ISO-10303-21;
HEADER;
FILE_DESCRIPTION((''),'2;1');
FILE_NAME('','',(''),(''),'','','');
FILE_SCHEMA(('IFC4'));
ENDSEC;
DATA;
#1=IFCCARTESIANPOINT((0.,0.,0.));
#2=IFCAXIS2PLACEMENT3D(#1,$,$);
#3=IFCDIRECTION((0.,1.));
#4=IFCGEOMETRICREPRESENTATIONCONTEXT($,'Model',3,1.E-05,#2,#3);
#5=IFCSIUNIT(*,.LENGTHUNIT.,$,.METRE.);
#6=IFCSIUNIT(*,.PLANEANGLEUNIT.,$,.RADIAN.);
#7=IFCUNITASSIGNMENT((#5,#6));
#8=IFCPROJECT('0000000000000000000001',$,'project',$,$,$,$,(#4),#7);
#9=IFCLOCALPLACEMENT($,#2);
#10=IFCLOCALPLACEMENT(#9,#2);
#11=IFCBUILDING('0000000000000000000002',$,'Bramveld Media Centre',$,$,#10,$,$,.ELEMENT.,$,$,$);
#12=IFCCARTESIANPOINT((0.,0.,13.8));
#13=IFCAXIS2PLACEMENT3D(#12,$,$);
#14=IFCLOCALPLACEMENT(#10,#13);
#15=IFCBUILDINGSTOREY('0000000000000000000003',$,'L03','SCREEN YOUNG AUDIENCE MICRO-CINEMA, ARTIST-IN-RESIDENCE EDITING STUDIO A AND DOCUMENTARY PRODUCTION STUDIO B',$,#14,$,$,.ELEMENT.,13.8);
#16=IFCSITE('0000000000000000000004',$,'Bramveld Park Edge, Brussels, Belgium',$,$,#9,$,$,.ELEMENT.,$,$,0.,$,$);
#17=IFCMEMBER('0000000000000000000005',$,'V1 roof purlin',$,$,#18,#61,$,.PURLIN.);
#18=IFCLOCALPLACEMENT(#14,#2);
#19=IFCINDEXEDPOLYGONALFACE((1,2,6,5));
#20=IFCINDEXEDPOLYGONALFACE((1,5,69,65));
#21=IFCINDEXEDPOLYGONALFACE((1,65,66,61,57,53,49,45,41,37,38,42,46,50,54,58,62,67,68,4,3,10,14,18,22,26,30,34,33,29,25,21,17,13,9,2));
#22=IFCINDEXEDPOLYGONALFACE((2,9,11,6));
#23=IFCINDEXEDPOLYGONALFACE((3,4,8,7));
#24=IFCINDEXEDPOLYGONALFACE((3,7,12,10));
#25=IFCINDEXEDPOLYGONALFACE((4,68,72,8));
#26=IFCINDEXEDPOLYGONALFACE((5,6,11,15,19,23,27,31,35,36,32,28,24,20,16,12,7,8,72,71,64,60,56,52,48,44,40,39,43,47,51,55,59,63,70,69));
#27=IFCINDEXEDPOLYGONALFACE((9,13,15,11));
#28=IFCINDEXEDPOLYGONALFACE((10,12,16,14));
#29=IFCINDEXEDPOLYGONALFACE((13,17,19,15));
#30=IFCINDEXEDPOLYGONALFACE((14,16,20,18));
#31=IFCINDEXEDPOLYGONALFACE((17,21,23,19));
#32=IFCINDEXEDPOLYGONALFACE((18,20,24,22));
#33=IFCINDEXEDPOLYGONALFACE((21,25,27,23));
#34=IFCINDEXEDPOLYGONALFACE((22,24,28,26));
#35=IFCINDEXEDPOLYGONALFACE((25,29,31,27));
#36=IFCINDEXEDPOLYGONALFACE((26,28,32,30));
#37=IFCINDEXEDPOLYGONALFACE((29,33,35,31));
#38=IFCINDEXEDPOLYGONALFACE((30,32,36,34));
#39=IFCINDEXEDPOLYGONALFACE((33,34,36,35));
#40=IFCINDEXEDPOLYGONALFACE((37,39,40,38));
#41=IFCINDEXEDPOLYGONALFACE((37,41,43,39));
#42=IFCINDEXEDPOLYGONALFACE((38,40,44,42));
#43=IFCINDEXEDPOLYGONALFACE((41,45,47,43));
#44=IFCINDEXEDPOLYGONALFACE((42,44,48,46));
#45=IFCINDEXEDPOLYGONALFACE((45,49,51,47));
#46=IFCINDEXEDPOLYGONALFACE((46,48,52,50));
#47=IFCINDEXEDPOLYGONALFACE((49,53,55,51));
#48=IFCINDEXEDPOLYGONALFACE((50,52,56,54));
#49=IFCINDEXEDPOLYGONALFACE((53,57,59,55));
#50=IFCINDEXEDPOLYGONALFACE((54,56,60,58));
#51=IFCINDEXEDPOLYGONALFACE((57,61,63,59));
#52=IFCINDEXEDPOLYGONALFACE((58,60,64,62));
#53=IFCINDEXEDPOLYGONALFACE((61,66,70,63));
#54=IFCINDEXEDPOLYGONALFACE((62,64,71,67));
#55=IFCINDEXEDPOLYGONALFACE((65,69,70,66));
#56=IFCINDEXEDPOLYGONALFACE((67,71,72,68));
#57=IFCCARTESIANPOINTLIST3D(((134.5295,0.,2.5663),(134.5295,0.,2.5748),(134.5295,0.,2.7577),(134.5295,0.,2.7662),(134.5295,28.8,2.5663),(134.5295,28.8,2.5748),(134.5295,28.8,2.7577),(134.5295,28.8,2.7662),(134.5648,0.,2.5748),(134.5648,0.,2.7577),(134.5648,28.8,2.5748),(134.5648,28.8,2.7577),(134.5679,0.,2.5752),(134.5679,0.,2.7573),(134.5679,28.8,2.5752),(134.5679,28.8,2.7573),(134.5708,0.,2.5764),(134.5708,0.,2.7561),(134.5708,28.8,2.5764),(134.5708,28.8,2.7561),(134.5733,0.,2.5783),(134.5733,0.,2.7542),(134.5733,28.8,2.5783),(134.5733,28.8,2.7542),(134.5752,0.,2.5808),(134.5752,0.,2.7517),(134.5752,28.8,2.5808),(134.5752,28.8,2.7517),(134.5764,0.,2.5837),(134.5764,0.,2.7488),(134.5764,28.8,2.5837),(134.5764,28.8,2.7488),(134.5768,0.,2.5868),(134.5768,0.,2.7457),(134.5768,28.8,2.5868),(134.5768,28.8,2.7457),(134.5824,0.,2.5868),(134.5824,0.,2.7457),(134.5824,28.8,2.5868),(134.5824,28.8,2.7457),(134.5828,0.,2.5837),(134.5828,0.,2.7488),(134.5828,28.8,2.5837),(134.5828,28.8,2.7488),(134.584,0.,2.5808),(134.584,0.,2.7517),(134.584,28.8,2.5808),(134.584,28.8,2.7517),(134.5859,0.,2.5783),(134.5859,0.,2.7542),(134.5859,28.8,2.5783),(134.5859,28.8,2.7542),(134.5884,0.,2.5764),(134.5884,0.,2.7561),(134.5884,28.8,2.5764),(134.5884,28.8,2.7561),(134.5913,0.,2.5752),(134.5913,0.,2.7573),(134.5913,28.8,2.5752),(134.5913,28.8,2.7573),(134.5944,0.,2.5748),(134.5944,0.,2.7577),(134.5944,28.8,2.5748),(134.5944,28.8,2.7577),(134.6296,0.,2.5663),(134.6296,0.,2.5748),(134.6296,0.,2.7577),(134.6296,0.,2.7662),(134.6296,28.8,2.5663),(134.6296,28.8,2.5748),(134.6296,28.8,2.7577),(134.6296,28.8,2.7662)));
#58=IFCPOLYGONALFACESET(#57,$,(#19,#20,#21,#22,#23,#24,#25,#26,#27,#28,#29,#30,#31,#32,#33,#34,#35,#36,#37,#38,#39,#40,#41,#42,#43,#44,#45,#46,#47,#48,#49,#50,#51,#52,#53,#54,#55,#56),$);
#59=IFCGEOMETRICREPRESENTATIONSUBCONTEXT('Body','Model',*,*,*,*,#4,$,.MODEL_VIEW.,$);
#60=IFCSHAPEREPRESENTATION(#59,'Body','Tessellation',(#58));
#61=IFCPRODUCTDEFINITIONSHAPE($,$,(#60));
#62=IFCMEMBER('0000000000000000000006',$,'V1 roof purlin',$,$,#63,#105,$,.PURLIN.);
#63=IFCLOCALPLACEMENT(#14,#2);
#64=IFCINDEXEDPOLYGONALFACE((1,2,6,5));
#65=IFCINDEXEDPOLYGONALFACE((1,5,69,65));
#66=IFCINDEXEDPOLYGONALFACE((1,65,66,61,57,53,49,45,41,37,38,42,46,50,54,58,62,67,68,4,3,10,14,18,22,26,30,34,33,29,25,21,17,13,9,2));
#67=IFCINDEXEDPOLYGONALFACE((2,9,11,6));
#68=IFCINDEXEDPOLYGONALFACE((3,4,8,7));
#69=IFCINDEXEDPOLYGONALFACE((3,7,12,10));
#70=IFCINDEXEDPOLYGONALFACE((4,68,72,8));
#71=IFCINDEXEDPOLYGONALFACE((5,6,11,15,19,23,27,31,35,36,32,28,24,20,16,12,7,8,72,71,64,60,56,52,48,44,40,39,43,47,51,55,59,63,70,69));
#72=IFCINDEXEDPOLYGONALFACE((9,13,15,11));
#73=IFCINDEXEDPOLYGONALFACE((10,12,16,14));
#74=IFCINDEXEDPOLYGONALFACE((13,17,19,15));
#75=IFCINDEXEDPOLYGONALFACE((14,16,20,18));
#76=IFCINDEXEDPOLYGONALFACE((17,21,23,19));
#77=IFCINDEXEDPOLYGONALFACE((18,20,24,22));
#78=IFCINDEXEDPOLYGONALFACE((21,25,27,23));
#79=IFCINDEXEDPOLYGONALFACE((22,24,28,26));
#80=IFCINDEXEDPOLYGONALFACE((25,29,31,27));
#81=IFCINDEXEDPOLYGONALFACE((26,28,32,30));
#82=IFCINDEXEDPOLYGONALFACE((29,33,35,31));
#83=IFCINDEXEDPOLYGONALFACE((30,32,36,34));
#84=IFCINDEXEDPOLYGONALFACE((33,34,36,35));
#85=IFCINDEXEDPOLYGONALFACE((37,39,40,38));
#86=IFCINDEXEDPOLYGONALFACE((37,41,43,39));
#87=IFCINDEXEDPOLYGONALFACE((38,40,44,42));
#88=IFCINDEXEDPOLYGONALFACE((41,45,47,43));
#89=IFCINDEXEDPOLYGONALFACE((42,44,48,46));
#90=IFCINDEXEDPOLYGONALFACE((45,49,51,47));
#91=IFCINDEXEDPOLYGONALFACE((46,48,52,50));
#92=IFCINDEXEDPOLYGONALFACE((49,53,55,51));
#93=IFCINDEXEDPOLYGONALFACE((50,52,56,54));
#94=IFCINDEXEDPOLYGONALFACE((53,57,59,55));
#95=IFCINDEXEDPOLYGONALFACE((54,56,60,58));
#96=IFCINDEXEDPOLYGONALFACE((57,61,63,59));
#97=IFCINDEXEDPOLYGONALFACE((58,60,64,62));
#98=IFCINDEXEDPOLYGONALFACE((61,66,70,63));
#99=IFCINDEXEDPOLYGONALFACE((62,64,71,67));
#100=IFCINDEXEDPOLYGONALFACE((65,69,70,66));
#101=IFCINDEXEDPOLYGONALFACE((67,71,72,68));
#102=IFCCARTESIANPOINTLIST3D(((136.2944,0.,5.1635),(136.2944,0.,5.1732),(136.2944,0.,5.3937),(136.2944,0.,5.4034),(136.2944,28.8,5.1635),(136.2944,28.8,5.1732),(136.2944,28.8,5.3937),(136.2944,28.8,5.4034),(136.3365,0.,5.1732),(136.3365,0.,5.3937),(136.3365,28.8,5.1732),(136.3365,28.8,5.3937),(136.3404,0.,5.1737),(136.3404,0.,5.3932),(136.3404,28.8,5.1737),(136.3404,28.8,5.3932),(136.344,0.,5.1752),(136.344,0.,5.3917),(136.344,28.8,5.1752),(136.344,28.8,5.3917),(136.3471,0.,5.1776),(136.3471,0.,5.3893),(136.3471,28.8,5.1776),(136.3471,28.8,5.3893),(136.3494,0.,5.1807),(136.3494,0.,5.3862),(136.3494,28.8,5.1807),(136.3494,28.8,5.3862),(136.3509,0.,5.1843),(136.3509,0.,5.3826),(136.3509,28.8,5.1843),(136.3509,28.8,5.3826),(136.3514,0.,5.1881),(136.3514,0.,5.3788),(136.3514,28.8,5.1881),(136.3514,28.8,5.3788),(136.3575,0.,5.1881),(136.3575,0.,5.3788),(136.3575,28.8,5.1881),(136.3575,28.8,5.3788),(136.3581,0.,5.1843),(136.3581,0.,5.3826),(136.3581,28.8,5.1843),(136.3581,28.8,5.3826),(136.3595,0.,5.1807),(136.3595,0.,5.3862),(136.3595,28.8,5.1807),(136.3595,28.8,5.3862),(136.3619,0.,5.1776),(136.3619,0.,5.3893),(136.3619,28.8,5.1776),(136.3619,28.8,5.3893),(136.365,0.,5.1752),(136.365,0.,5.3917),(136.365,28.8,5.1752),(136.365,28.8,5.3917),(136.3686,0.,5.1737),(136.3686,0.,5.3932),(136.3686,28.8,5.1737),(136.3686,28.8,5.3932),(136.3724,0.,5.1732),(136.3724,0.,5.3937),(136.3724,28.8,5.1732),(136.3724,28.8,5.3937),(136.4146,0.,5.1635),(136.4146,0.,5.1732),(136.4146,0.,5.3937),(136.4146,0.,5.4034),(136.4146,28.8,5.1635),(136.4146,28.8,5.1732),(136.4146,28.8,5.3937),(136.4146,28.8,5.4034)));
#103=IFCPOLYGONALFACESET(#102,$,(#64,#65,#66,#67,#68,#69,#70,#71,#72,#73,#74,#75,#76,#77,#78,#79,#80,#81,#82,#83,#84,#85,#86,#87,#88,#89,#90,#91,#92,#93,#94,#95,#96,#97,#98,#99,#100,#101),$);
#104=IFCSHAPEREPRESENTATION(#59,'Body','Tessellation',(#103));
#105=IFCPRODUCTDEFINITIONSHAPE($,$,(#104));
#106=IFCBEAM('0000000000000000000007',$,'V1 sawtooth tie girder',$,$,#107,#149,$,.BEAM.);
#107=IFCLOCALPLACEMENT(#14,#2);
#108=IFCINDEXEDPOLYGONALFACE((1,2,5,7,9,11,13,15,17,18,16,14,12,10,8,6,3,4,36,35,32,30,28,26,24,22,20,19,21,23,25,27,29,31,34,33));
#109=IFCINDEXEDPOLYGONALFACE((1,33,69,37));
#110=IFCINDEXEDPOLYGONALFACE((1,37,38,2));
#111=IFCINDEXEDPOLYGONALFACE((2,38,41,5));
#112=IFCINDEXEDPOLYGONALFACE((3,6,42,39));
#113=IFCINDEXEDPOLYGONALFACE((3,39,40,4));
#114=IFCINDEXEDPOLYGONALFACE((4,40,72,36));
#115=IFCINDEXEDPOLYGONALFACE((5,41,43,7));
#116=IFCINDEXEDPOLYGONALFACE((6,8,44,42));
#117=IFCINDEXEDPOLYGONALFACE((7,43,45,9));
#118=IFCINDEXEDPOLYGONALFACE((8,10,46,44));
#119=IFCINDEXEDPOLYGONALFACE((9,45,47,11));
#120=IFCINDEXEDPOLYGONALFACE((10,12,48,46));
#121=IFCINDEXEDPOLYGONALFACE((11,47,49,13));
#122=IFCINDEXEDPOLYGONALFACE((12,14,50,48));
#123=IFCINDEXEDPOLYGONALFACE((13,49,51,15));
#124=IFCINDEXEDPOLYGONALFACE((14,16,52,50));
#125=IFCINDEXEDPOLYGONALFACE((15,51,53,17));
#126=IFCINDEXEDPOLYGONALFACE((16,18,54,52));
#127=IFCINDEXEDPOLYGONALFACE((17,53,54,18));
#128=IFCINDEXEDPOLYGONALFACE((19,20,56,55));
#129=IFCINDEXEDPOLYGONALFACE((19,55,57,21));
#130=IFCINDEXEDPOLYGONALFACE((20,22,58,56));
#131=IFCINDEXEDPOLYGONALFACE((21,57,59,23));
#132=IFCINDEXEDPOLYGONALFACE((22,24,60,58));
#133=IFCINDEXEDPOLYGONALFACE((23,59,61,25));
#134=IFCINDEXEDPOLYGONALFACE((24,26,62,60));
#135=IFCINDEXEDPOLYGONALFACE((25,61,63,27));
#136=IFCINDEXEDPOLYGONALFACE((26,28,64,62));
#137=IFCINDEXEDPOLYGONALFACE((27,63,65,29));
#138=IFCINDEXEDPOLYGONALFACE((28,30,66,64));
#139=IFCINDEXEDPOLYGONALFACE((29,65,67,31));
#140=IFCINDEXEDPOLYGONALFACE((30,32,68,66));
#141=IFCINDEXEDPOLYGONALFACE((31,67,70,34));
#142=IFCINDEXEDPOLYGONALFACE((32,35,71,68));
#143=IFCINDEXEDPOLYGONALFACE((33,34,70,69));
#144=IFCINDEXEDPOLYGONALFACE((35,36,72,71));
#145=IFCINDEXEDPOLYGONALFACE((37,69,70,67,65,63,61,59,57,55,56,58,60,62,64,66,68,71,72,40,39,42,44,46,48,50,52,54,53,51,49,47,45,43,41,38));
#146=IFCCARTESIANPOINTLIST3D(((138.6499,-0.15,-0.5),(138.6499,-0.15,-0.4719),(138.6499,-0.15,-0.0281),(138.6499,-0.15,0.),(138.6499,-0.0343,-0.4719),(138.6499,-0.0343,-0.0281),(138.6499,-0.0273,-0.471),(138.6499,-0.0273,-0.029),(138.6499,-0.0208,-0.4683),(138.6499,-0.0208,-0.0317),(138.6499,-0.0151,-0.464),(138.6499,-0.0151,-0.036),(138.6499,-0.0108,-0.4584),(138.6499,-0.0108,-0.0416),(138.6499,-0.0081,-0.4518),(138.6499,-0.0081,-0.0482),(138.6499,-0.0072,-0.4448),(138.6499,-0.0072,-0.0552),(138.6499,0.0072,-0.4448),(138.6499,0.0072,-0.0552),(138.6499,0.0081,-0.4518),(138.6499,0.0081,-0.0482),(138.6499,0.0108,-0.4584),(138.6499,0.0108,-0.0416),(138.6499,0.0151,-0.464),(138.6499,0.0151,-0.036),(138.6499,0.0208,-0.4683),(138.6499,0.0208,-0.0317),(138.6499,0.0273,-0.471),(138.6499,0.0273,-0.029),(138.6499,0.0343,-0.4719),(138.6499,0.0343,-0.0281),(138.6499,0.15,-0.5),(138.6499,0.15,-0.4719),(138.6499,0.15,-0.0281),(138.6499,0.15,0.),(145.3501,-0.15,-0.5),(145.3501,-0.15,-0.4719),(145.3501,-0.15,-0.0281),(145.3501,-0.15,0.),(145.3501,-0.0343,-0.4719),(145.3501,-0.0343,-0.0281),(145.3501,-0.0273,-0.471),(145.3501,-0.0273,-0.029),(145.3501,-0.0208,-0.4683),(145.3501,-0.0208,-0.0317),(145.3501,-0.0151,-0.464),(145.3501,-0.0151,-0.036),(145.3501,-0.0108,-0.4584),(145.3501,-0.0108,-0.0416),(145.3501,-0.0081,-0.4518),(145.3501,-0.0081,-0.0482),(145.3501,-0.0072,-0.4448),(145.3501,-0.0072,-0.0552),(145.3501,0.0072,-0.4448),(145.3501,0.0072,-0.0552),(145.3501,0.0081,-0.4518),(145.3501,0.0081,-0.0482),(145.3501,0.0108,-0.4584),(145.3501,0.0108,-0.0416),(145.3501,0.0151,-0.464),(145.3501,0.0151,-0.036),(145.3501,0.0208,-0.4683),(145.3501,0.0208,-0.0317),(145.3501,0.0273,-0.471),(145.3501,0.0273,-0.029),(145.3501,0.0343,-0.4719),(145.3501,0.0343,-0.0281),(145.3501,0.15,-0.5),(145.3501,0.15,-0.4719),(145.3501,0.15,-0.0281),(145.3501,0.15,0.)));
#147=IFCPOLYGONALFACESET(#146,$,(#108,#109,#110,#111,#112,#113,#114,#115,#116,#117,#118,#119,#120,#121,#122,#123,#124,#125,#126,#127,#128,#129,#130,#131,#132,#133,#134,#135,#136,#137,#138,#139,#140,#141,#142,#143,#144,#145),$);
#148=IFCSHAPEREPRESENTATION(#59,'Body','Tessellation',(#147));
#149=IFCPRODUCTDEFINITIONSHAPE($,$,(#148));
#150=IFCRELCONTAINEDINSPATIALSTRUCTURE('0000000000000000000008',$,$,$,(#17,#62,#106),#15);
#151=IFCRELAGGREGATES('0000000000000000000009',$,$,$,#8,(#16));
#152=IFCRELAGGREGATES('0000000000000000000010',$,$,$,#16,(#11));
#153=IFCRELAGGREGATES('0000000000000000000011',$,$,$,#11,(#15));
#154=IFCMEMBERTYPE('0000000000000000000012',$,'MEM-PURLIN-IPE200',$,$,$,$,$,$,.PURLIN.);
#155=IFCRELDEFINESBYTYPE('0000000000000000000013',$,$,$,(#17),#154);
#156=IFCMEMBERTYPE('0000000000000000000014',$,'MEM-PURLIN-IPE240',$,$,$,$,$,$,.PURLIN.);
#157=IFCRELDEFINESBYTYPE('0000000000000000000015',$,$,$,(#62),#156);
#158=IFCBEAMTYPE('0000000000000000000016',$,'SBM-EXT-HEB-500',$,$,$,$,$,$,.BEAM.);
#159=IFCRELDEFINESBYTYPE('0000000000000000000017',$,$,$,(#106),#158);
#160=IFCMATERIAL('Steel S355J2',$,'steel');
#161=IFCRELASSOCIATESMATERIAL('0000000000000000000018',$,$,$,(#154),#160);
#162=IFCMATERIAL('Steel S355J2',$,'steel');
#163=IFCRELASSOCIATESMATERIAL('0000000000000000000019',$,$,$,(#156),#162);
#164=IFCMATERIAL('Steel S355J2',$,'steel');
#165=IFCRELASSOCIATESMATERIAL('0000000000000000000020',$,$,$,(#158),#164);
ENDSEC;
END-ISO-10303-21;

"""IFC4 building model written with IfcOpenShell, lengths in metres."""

from ifc_helpers import new_model, si_unit, direction, frame, origin, origin_2d, place, context, subcontext, project, spatial, i_section, extrude, material, material_profile, profile_set, type_object, element, save


model = new_model("IFC4")

# Units and contexts
model_context = context("Model", 3, precision=1e-05, world=origin(), true_north=direction((0.0, 1.0)))
body_context = subcontext(model_context, "Body", "Model", "MODEL_VIEW")
ifc_project = project(units=[si_unit("LENGTHUNIT", "METRE"), si_unit("PLANEANGLEUNIT", "RADIAN")], contexts=[model_context])

# Site, building, storey
site_placement = place(None, origin())
site = spatial("IfcSite", under=ifc_project, at=site_placement, Name="Bramveld Park Edge, Brussels, Belgium", CompositionType="ELEMENT", RefElevation=0.0)
building_placement = place(site_placement, origin())
building = spatial("IfcBuilding", under=site, at=building_placement, Name="Bramveld Media Centre", CompositionType="ELEMENT")
storey_placement = place(building_placement, frame((0.0, 0.0, 13.8)))
storey = spatial("IfcBuildingStorey", under=building, at=storey_placement, Name="L03", Description="SCREEN YOUNG AUDIENCE MICRO-CINEMA, ARTIST-IN-RESIDENCE EDITING STUDIO A AND DOCUMENTARY PRODUCTION STUDIO B", CompositionType="ELEMENT", Elevation=13.8)

# Members
ifc_material_1 = material(Name="Steel S355J2", Category="steel")
ifc_material_profile_1 = material_profile(ifc_material_1, i_section(OverallWidth=0.1001, OverallDepth=0.2, WebThickness=0.0056, FlangeThickness=0.0085, FilletRadius=0.012, at=origin_2d()), Name="IPE 200")
ifc_profile_set_1 = profile_set([ifc_material_profile_1], Name="Steel S355J2")
member_type_1 = type_object("IfcMemberType", Name="MEM-PURLIN-IPE200", PredefinedType="PURLIN", material=ifc_profile_set_1)
member_1_placement = place(storey_placement, frame((134.5796, 0.0, 2.6663), z_axis=(0.0, 1.0, 0.0), x_axis=(-1.0, 0.0, 0.0)))
element("IfcMember", 1, at=member_1_placement, inside=storey, type_object=member_type_1, Name="V1 roof purlin", PredefinedType="PURLIN", context=body_context, shape_type="SweptSolid", body=[
    extrude(i_section(OverallWidth=0.1001, OverallDepth=0.2, WebThickness=0.0056, FlangeThickness=0.0085, FilletRadius=0.012, at=origin_2d()), origin(), (0.0, 0.0, 1.0), 28.8),
])
ifc_material_2 = material(Name="Steel S355J2", Category="steel")
ifc_material_profile_2 = material_profile(ifc_material_2, i_section(OverallWidth=0.1201, OverallDepth=0.24, WebThickness=0.0061, FlangeThickness=0.0098, FilletRadius=0.0149, at=origin_2d()), Name="IPE 240")
ifc_profile_set_2 = profile_set([ifc_material_profile_2], Name="Steel S355J2")
member_type_2 = type_object("IfcMemberType", Name="MEM-PURLIN-IPE240", PredefinedType="PURLIN", material=ifc_profile_set_2)
member_2_placement = place(storey_placement, frame((136.3545, 0.0, 5.2834), z_axis=(0.0, 1.0, 0.0), x_axis=(-1.0, 0.0, 0.0)))
element("IfcMember", 2, at=member_2_placement, inside=storey, type_object=member_type_2, Name="V1 roof purlin", PredefinedType="PURLIN", context=body_context, shape_type="SweptSolid", body=[
    extrude(i_section(OverallWidth=0.1201, OverallDepth=0.24, WebThickness=0.0061, FlangeThickness=0.0098, FilletRadius=0.0149, at=origin_2d()), origin(), (0.0, 0.0, 1.0), 28.8),
])

# Beam
ifc_material_3 = material(Name="Steel S355J2", Category="steel")
ifc_material_profile_3 = material_profile(ifc_material_3, i_section(OverallWidth=0.3, OverallDepth=0.5, WebThickness=0.0144, FlangeThickness=0.0281, FilletRadius=0.0271, at=origin_2d()), Name="HEB 500")
ifc_profile_set_3 = profile_set([ifc_material_profile_3], Name="Steel S355J2")
beam_type_1 = type_object("IfcBeamType", Name="SBM-EXT-HEB-500", PredefinedType="BEAM", material=ifc_profile_set_3)
beam_1_placement = place(storey_placement, frame((138.6499, 0.0, -0.25), z_axis=(1.0, 0.0, 0.0), x_axis=(0.0, 1.0, 0.0)))
element("IfcBeam", 3, at=beam_1_placement, inside=storey, type_object=beam_type_1, Name="V1 sawtooth tie girder", PredefinedType="BEAM", context=body_context, shape_type="SweptSolid", body=[
    extrude(i_section(OverallWidth=0.3, OverallDepth=0.5, WebThickness=0.0144, FlangeThickness=0.0281, FilletRadius=0.0271, at=origin_2d()), origin(), (0.0, 0.0, 1.0), 6.7002),
])

save(model, "model.ifc")
